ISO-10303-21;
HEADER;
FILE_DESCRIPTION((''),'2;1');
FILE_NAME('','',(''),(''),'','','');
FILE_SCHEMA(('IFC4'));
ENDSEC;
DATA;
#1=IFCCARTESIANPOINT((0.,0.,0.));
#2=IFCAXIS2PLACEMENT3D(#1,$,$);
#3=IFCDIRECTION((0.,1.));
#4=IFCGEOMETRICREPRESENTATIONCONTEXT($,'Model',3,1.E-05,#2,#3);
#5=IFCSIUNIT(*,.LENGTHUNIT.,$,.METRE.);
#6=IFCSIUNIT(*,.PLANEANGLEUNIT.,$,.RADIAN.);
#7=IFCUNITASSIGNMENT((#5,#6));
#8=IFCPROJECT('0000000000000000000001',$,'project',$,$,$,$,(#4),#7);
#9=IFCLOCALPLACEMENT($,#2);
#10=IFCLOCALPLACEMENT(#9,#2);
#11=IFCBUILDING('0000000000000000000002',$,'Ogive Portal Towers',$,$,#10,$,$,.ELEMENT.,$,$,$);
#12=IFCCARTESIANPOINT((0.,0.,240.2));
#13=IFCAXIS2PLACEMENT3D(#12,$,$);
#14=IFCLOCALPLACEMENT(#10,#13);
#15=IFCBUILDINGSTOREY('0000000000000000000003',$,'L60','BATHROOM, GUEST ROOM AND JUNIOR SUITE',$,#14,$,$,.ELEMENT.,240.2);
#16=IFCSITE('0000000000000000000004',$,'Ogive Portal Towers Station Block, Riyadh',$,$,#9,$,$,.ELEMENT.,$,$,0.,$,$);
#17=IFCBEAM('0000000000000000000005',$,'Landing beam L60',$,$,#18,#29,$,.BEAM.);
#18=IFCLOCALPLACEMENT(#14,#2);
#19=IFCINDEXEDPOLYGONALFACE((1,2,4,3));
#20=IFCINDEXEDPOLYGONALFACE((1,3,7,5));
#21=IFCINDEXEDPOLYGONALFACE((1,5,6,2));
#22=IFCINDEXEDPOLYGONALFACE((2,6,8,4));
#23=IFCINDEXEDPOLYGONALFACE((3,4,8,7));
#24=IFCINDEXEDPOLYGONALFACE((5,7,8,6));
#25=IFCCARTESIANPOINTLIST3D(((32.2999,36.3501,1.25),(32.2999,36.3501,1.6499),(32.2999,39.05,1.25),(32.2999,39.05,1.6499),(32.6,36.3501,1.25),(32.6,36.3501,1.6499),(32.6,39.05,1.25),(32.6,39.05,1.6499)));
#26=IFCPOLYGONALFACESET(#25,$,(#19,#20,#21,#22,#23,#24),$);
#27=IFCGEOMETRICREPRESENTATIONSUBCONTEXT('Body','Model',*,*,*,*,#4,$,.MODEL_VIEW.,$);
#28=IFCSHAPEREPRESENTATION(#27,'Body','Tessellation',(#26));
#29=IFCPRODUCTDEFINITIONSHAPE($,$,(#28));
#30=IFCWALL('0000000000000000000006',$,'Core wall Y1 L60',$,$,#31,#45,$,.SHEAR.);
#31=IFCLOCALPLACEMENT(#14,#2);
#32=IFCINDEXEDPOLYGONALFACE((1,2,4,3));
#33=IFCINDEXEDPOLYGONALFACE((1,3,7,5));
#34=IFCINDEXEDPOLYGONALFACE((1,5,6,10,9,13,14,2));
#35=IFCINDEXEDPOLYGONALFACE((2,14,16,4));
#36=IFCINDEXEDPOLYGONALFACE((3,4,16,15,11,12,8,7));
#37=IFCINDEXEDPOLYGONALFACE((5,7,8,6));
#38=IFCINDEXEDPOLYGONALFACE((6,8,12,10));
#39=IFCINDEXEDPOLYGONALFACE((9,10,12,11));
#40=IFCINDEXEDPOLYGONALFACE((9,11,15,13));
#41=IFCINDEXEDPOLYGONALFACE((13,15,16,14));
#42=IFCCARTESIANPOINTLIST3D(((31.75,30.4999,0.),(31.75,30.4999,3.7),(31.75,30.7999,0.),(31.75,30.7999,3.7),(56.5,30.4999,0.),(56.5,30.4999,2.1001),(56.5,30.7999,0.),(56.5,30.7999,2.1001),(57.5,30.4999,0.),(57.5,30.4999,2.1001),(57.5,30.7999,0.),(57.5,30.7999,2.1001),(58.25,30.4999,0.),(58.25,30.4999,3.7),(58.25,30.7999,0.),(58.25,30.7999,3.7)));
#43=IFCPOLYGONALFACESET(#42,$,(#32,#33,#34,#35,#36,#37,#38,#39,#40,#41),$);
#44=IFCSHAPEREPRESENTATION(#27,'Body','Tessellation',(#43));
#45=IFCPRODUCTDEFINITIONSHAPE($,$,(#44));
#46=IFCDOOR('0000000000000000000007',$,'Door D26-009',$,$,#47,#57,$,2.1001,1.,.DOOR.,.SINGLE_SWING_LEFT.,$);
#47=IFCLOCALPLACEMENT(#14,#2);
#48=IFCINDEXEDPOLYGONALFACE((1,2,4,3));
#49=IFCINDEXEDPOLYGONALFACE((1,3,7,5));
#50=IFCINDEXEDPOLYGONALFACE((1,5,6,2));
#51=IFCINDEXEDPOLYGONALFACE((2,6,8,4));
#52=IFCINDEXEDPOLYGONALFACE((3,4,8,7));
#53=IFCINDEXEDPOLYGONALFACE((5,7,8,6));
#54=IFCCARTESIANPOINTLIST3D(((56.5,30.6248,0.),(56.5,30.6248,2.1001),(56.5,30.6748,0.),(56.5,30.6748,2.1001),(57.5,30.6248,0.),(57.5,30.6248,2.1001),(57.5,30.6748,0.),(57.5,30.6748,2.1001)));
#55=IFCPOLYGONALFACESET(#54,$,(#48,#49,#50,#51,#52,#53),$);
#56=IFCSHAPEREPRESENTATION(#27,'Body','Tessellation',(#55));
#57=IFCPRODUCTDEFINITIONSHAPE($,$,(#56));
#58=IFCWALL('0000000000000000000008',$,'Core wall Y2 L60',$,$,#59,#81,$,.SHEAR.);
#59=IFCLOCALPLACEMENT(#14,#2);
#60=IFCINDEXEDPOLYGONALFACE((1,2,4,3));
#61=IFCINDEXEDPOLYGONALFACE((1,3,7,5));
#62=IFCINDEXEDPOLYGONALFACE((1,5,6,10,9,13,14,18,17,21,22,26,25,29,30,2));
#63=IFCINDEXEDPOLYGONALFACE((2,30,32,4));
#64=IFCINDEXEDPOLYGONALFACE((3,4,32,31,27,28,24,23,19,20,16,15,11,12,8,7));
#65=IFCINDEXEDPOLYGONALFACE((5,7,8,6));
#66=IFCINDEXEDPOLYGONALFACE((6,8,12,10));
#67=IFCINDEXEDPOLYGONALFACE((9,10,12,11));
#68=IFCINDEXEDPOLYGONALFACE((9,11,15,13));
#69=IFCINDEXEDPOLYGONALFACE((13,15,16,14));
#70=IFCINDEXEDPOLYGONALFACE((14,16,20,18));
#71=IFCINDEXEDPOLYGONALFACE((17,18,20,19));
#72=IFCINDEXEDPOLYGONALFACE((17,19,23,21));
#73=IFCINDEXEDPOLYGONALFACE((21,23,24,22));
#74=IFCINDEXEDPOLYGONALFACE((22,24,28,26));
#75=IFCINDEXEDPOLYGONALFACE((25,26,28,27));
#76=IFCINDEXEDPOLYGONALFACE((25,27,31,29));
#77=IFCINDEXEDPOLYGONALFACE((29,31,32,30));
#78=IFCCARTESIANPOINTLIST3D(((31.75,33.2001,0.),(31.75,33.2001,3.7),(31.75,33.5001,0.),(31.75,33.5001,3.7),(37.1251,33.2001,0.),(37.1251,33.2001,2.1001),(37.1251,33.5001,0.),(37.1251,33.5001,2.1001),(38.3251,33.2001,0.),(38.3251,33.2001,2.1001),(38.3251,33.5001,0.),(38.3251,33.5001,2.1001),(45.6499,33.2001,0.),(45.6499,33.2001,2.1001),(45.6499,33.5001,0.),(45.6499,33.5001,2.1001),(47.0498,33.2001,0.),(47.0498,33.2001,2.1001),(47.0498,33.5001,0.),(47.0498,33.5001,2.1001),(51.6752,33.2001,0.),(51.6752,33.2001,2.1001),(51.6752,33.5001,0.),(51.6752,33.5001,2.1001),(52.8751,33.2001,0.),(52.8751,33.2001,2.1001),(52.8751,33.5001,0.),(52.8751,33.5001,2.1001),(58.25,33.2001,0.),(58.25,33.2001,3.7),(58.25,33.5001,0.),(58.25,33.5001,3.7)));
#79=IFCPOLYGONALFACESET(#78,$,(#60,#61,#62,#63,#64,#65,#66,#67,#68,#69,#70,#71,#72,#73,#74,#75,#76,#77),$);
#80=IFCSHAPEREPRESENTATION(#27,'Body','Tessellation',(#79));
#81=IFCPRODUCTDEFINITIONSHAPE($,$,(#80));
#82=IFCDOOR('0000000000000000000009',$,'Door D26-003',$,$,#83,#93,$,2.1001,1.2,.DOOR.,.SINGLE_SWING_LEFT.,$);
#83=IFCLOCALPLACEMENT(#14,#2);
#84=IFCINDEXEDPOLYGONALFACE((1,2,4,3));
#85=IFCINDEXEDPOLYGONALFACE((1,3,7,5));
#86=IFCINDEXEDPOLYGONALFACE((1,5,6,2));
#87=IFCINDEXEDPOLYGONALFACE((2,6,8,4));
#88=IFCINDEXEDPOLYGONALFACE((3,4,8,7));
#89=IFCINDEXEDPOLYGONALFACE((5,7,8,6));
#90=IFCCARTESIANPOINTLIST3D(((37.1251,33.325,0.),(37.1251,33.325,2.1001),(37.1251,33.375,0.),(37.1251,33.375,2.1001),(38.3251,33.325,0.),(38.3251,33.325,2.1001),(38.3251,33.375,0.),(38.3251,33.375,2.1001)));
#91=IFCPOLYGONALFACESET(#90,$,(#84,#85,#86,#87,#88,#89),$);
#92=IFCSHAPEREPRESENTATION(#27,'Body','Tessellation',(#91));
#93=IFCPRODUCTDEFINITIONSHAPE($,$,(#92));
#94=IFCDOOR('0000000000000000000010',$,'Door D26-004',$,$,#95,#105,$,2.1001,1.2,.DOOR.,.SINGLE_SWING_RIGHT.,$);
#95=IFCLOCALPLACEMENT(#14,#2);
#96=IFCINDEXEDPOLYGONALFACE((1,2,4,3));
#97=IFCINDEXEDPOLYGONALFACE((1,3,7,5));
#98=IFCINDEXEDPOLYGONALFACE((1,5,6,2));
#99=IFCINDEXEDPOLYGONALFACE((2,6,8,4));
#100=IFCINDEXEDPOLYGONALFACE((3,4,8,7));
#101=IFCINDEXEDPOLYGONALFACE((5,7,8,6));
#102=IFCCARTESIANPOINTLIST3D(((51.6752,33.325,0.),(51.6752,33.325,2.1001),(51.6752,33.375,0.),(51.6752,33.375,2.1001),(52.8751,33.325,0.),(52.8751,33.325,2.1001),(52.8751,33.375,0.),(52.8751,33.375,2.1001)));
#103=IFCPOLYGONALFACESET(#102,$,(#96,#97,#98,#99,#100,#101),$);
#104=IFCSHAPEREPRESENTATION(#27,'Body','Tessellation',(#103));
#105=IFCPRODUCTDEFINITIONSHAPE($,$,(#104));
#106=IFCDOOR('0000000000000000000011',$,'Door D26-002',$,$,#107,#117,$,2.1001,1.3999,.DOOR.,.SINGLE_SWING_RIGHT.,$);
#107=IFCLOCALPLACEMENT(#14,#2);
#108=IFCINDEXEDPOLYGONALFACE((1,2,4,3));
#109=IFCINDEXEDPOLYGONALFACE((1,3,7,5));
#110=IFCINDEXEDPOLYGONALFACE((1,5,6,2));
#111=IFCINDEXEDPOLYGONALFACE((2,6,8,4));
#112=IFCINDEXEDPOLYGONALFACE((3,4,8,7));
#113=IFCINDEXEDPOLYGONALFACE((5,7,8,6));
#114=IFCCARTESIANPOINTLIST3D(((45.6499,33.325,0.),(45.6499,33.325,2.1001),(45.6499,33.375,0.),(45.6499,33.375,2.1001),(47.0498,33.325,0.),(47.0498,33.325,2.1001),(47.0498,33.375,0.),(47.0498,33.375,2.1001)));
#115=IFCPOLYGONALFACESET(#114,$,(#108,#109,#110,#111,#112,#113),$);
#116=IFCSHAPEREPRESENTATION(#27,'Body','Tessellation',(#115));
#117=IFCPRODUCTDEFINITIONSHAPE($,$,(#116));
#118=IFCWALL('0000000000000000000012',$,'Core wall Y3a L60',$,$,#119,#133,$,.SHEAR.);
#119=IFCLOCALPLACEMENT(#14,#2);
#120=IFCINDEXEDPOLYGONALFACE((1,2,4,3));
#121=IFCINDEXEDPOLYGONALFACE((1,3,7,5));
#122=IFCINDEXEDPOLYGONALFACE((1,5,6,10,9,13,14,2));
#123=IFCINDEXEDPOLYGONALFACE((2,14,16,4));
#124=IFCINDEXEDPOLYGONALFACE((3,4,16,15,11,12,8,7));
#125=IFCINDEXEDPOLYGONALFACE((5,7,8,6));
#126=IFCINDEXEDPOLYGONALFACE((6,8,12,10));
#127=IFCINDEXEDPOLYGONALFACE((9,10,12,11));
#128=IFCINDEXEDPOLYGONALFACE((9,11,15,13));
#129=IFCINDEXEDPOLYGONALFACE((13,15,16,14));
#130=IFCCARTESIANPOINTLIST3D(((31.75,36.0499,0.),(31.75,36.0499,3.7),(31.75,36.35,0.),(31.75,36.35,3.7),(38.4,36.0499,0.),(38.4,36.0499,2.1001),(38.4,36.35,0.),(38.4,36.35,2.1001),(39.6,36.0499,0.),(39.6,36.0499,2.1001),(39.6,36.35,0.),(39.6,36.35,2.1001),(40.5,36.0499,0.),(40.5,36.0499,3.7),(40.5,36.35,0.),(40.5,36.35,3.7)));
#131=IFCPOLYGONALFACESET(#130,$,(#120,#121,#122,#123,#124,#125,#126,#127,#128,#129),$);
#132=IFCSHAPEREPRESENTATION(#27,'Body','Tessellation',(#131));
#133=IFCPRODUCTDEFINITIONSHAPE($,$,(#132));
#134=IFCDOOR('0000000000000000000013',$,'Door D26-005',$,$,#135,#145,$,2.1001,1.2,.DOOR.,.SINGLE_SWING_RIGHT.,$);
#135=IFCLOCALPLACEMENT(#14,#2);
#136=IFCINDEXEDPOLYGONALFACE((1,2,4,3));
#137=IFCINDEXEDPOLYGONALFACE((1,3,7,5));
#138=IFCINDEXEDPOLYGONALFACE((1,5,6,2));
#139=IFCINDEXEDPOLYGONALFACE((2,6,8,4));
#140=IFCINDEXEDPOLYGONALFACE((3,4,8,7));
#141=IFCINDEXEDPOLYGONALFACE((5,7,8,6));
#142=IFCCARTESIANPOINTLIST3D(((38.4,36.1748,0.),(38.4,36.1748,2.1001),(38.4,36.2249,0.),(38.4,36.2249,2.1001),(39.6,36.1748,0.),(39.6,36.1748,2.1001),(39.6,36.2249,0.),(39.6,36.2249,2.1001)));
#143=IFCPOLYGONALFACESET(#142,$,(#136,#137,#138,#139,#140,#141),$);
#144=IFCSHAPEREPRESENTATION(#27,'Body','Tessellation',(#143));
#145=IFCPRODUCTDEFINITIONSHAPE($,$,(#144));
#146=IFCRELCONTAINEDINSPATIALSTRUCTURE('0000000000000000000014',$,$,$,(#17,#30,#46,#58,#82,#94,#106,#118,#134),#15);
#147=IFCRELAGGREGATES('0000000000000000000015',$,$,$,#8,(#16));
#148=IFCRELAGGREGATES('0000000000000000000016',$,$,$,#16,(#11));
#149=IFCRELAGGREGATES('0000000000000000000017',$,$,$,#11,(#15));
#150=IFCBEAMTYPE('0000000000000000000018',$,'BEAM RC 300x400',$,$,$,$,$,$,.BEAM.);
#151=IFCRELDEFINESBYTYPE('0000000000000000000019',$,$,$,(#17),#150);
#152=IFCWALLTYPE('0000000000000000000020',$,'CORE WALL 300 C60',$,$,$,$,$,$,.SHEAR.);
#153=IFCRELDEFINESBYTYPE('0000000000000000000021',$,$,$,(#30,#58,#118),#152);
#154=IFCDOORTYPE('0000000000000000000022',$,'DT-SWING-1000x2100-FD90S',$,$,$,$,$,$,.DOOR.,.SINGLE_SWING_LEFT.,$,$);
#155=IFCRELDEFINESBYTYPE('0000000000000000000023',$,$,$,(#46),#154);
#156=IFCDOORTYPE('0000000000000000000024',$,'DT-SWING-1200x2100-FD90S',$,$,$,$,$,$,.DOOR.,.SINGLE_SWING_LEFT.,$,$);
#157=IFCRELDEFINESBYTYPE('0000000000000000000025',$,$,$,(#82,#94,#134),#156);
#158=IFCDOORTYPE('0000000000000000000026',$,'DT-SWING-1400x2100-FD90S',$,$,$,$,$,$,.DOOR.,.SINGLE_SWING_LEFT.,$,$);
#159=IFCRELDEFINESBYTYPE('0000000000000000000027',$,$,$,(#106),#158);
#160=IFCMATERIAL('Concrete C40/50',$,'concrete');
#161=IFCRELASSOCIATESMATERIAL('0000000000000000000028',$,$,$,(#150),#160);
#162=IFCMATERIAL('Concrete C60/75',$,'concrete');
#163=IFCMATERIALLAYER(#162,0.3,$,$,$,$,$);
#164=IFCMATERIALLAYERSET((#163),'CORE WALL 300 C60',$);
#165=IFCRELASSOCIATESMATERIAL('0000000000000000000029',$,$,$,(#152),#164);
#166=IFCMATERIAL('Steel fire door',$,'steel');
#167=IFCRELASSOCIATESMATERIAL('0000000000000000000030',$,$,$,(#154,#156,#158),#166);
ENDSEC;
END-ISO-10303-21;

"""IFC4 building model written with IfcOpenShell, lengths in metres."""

from ifc_helpers import new_model, si_unit, direction, frame, frame_2d, origin, origin_2d, place, context, subcontext, project, spatial, rectangle, extrude, material, layer, layer_set, material_profile, profile_set, type_object, element, fill, save


model = new_model("IFC4")

# Units and contexts
model_context = context("Model", 3, precision=1e-05, world=origin(), true_north=direction((0.0, 1.0)))
body_context = subcontext(model_context, "Body", "Model", "MODEL_VIEW")
ifc_project = project(units=[si_unit("LENGTHUNIT", "METRE"), si_unit("PLANEANGLEUNIT", "RADIAN")], contexts=[model_context])

# Site, building, storey
site_placement = place(None, origin())
site = spatial("IfcSite", under=ifc_project, at=site_placement, Name="Ogive Portal Towers Station Block, Riyadh", CompositionType="ELEMENT", RefElevation=0.0)
building_placement = place(site_placement, origin())
building = spatial("IfcBuilding", under=site, at=building_placement, Name="Ogive Portal Towers", CompositionType="ELEMENT")
storey_placement = place(building_placement, frame((0.0, 0.0, 240.2)))
storey = spatial("IfcBuildingStorey", under=building, at=storey_placement, Name="L60", Description="BATHROOM, GUEST ROOM AND JUNIOR SUITE", CompositionType="ELEMENT", Elevation=240.2)

# Beam
ifc_material_1 = material(Name="Concrete C40/50", Category="concrete")
ifc_material_profile = material_profile(ifc_material_1, rectangle(XDim=0.3, YDim=0.3999, at=origin_2d()), Name="RC 300x400")
ifc_profile_set = profile_set([ifc_material_profile], Name="Concrete C40/50")
beam_type = type_object("IfcBeamType", Name="BEAM RC 300x400", PredefinedType="BEAM", material=ifc_profile_set)
beam_placement = place(storey_placement, frame((32.45, 36.3501, 1.45), z_axis=(0.0, 1.0, 0.0), x_axis=(-1.0, 0.0, 0.0)))
element("IfcBeam", 1, at=beam_placement, inside=storey, type_object=beam_type, Name="Landing beam L60", PredefinedType="BEAM", context=body_context, shape_type="SweptSolid", body=[
    extrude(rectangle(XDim=0.3, YDim=0.3999, at=origin_2d()), origin(), (0.0, 0.0, 1.0), 2.7),
])

# Wall, opening, door
ifc_material_2 = material(Name="Concrete C60/75", Category="concrete")
ifc_layer_1 = layer(ifc_material_2, 0.3)
ifc_layer_set_1 = layer_set([ifc_layer_1], Name="CORE WALL 300 C60")
wall_type_1 = type_object("IfcWallType", Name="CORE WALL 300 C60", PredefinedType="SHEAR", material=ifc_layer_set_1)
wall_1_placement = place(storey_placement, frame((31.75, 30.6499, 0.0), z_axis=(0.0, 0.0, 1.0), x_axis=(1.0, 0.0, 0.0)))
wall_1 = element("IfcWall", 2, at=wall_1_placement, inside=storey, type_object=wall_type_1, Name="Core wall Y1 L60", PredefinedType="SHEAR", context=body_context, shape_type="SweptSolid", body=[
    extrude(rectangle(XDim=26.5, YDim=0.3, at=frame_2d((13.25, 0.0))), origin(), (0.0, 0.0, 1.0), 3.7),
])
opening_1_placement = place(wall_1_placement, frame((24.75, 0.0, 0.0)))
opening_1 = element("IfcOpeningElement", 3, at=opening_1_placement, cuts=wall_1, PredefinedType="OPENING", context=body_context, shape_type="SweptSolid", body=[
    extrude(rectangle(XDim=1.0, YDim=2.1001, at=frame_2d((0.5, 1.05))), frame((0.0, 0.1602, 0.0), z_axis=(0.0, -1.0, 0.0), x_axis=(1.0, 0.0, 0.0)), (0.0, 0.0, 1.0), 0.3201),
])
ifc_material_3 = material(Name="Steel fire door", Category="steel")
door_type_1 = type_object("IfcDoorType", Name="DT-SWING-1000x2100-FD90S", OperationType="SINGLE_SWING_LEFT", PredefinedType="DOOR", material=ifc_material_3)
door_1_placement = place(opening_1_placement, origin())
door_1 = element("IfcDoor", 4, at=door_1_placement, inside=storey, type_object=door_type_1, Name="Door D26-009", OperationType="SINGLE_SWING_LEFT", OverallHeight=2.1001, OverallWidth=1.0, PredefinedType="DOOR", context=body_context, shape_type="SweptSolid", body=[
    extrude(rectangle(XDim=1.0, YDim=2.1001, at=frame_2d((0.5, 1.05))), frame((0.0, 0.0249, 0.0), z_axis=(0.0, -1.0, 0.0), x_axis=(1.0, 0.0, 0.0)), (0.0, 0.0, 1.0), 0.05),
])
fill(opening_1, door_1)

# Wall, openings, doors
wall_2_placement = place(storey_placement, frame((31.75, 33.3501, 0.0), z_axis=(0.0, 0.0, 1.0), x_axis=(1.0, 0.0, 0.0)))
wall_2 = element("IfcWall", 5, at=wall_2_placement, inside=storey, type_object=wall_type_1, Name="Core wall Y2 L60", PredefinedType="SHEAR", context=body_context, shape_type="SweptSolid", body=[
    extrude(rectangle(XDim=26.5, YDim=0.3, at=frame_2d((13.25, 0.0))), origin(), (0.0, 0.0, 1.0), 3.7),
])
opening_2_placement = place(wall_2_placement, frame((13.8999, 0.0, 0.0)))
opening_2 = element("IfcOpeningElement", 6, at=opening_2_placement, cuts=wall_2, PredefinedType="OPENING", context=body_context, shape_type="SweptSolid", body=[
    extrude(rectangle(XDim=1.3999, YDim=2.1001, at=frame_2d((0.7, 1.05))), frame((0.0, 0.1602, 0.0), z_axis=(0.0, -1.0, 0.0), x_axis=(1.0, 0.0, 0.0)), (0.0, 0.0, 1.0), 0.3201),
])
opening_3_placement = place(wall_2_placement, frame((5.375, 0.0, 0.0)))
opening_3 = element("IfcOpeningElement", 7, at=opening_3_placement, cuts=wall_2, PredefinedType="OPENING", context=body_context, shape_type="SweptSolid", body=[
    extrude(rectangle(XDim=1.2, YDim=2.1001, at=frame_2d((0.6001, 1.05))), frame((0.0, 0.1602, 0.0), z_axis=(0.0, -1.0, 0.0), x_axis=(1.0, 0.0, 0.0)), (0.0, 0.0, 1.0), 0.3201),
])
opening_4_placement = place(wall_2_placement, frame((19.925, 0.0, 0.0)))
opening_4 = element("IfcOpeningElement", 8, at=opening_4_placement, cuts=wall_2, PredefinedType="OPENING", context=body_context, shape_type="SweptSolid", body=[
    extrude(rectangle(XDim=1.2, YDim=2.1001, at=frame_2d((0.6001, 1.05))), frame((0.0, 0.1602, 0.0), z_axis=(0.0, -1.0, 0.0), x_axis=(1.0, 0.0, 0.0)), (0.0, 0.0, 1.0), 0.3201),
])
door_type_2 = type_object("IfcDoorType", Name="DT-SWING-1200x2100-FD90S", OperationType="SINGLE_SWING_LEFT", PredefinedType="DOOR", material=ifc_material_3)
door_2_placement = place(opening_3_placement, origin())
door_2 = element("IfcDoor", 9, at=door_2_placement, inside=storey, type_object=door_type_2, Name="Door D26-003", OperationType="SINGLE_SWING_LEFT", OverallHeight=2.1001, OverallWidth=1.2, PredefinedType="DOOR", context=body_context, shape_type="SweptSolid", body=[
    extrude(rectangle(XDim=1.2, YDim=2.1001, at=frame_2d((0.6001, 1.05))), frame((0.0, 0.0249, 0.0), z_axis=(0.0, -1.0, 0.0), x_axis=(1.0, 0.0, 0.0)), (0.0, 0.0, 1.0), 0.05),
])
fill(opening_3, door_2)
door_3_placement = place(opening_4_placement, origin())
door_3 = element("IfcDoor", 10, at=door_3_placement, inside=storey, type_object=door_type_2, Name="Door D26-004", OperationType="SINGLE_SWING_RIGHT", OverallHeight=2.1001, OverallWidth=1.2, PredefinedType="DOOR", context=body_context, shape_type="SweptSolid", body=[
    extrude(rectangle(XDim=1.2, YDim=2.1001, at=frame_2d((0.6001, 1.05))), frame((0.0, 0.0249, 0.0), z_axis=(0.0, -1.0, 0.0), x_axis=(1.0, 0.0, 0.0)), (0.0, 0.0, 1.0), 0.05),
])
fill(opening_4, door_3)
door_type_3 = type_object("IfcDoorType", Name="DT-SWING-1400x2100-FD90S", OperationType="SINGLE_SWING_LEFT", PredefinedType="DOOR", material=ifc_material_3)
door_4_placement = place(opening_2_placement, origin())
door_4 = element("IfcDoor", 11, at=door_4_placement, inside=storey, type_object=door_type_3, Name="Door D26-002", OperationType="SINGLE_SWING_RIGHT", OverallHeight=2.1001, OverallWidth=1.3999, PredefinedType="DOOR", context=body_context, shape_type="SweptSolid", body=[
    extrude(rectangle(XDim=1.3999, YDim=2.1001, at=frame_2d((0.7, 1.05))), frame((0.0, 0.0249, 0.0), z_axis=(0.0, -1.0, 0.0), x_axis=(1.0, 0.0, 0.0)), (0.0, 0.0, 1.0), 0.05),
])
fill(opening_2, door_4)

# Wall, opening, door
wall_3_placement = place(storey_placement, frame((31.75, 36.2, 0.0), z_axis=(0.0, 0.0, 1.0), x_axis=(1.0, 0.0, 0.0)))
wall_3 = element("IfcWall", 12, at=wall_3_placement, inside=storey, type_object=wall_type_1, Name="Core wall Y3a L60", PredefinedType="SHEAR", context=body_context, shape_type="SweptSolid", body=[
    extrude(rectangle(XDim=8.75, YDim=0.3, at=frame_2d((4.375, 0.0))), origin(), (0.0, 0.0, 1.0), 3.7),
])
opening_5_placement = place(wall_3_placement, frame((6.6499, 0.0, 0.0)))
opening_5 = element("IfcOpeningElement", 13, at=opening_5_placement, cuts=wall_3, PredefinedType="OPENING", context=body_context, shape_type="SweptSolid", body=[
    extrude(rectangle(XDim=1.2, YDim=2.1001, at=frame_2d((0.6001, 1.05))), frame((0.0, 0.1602, 0.0), z_axis=(0.0, -1.0, 0.0), x_axis=(1.0, 0.0, 0.0)), (0.0, 0.0, 1.0), 0.3201),
])
door_5_placement = place(opening_5_placement, origin())
door_5 = element("IfcDoor", 14, at=door_5_placement, inside=storey, type_object=door_type_2, Name="Door D26-005", OperationType="SINGLE_SWING_RIGHT", OverallHeight=2.1001, OverallWidth=1.2, PredefinedType="DOOR", context=body_context, shape_type="SweptSolid", body=[
    extrude(rectangle(XDim=1.2, YDim=2.1001, at=frame_2d((0.6001, 1.05))), frame((0.0, 0.0249, 0.0), z_axis=(0.0, -1.0, 0.0), x_axis=(1.0, 0.0, 0.0)), (0.0, 0.0, 1.0), 0.05),
])
fill(opening_5, door_5)

save(model, "model.ifc")
